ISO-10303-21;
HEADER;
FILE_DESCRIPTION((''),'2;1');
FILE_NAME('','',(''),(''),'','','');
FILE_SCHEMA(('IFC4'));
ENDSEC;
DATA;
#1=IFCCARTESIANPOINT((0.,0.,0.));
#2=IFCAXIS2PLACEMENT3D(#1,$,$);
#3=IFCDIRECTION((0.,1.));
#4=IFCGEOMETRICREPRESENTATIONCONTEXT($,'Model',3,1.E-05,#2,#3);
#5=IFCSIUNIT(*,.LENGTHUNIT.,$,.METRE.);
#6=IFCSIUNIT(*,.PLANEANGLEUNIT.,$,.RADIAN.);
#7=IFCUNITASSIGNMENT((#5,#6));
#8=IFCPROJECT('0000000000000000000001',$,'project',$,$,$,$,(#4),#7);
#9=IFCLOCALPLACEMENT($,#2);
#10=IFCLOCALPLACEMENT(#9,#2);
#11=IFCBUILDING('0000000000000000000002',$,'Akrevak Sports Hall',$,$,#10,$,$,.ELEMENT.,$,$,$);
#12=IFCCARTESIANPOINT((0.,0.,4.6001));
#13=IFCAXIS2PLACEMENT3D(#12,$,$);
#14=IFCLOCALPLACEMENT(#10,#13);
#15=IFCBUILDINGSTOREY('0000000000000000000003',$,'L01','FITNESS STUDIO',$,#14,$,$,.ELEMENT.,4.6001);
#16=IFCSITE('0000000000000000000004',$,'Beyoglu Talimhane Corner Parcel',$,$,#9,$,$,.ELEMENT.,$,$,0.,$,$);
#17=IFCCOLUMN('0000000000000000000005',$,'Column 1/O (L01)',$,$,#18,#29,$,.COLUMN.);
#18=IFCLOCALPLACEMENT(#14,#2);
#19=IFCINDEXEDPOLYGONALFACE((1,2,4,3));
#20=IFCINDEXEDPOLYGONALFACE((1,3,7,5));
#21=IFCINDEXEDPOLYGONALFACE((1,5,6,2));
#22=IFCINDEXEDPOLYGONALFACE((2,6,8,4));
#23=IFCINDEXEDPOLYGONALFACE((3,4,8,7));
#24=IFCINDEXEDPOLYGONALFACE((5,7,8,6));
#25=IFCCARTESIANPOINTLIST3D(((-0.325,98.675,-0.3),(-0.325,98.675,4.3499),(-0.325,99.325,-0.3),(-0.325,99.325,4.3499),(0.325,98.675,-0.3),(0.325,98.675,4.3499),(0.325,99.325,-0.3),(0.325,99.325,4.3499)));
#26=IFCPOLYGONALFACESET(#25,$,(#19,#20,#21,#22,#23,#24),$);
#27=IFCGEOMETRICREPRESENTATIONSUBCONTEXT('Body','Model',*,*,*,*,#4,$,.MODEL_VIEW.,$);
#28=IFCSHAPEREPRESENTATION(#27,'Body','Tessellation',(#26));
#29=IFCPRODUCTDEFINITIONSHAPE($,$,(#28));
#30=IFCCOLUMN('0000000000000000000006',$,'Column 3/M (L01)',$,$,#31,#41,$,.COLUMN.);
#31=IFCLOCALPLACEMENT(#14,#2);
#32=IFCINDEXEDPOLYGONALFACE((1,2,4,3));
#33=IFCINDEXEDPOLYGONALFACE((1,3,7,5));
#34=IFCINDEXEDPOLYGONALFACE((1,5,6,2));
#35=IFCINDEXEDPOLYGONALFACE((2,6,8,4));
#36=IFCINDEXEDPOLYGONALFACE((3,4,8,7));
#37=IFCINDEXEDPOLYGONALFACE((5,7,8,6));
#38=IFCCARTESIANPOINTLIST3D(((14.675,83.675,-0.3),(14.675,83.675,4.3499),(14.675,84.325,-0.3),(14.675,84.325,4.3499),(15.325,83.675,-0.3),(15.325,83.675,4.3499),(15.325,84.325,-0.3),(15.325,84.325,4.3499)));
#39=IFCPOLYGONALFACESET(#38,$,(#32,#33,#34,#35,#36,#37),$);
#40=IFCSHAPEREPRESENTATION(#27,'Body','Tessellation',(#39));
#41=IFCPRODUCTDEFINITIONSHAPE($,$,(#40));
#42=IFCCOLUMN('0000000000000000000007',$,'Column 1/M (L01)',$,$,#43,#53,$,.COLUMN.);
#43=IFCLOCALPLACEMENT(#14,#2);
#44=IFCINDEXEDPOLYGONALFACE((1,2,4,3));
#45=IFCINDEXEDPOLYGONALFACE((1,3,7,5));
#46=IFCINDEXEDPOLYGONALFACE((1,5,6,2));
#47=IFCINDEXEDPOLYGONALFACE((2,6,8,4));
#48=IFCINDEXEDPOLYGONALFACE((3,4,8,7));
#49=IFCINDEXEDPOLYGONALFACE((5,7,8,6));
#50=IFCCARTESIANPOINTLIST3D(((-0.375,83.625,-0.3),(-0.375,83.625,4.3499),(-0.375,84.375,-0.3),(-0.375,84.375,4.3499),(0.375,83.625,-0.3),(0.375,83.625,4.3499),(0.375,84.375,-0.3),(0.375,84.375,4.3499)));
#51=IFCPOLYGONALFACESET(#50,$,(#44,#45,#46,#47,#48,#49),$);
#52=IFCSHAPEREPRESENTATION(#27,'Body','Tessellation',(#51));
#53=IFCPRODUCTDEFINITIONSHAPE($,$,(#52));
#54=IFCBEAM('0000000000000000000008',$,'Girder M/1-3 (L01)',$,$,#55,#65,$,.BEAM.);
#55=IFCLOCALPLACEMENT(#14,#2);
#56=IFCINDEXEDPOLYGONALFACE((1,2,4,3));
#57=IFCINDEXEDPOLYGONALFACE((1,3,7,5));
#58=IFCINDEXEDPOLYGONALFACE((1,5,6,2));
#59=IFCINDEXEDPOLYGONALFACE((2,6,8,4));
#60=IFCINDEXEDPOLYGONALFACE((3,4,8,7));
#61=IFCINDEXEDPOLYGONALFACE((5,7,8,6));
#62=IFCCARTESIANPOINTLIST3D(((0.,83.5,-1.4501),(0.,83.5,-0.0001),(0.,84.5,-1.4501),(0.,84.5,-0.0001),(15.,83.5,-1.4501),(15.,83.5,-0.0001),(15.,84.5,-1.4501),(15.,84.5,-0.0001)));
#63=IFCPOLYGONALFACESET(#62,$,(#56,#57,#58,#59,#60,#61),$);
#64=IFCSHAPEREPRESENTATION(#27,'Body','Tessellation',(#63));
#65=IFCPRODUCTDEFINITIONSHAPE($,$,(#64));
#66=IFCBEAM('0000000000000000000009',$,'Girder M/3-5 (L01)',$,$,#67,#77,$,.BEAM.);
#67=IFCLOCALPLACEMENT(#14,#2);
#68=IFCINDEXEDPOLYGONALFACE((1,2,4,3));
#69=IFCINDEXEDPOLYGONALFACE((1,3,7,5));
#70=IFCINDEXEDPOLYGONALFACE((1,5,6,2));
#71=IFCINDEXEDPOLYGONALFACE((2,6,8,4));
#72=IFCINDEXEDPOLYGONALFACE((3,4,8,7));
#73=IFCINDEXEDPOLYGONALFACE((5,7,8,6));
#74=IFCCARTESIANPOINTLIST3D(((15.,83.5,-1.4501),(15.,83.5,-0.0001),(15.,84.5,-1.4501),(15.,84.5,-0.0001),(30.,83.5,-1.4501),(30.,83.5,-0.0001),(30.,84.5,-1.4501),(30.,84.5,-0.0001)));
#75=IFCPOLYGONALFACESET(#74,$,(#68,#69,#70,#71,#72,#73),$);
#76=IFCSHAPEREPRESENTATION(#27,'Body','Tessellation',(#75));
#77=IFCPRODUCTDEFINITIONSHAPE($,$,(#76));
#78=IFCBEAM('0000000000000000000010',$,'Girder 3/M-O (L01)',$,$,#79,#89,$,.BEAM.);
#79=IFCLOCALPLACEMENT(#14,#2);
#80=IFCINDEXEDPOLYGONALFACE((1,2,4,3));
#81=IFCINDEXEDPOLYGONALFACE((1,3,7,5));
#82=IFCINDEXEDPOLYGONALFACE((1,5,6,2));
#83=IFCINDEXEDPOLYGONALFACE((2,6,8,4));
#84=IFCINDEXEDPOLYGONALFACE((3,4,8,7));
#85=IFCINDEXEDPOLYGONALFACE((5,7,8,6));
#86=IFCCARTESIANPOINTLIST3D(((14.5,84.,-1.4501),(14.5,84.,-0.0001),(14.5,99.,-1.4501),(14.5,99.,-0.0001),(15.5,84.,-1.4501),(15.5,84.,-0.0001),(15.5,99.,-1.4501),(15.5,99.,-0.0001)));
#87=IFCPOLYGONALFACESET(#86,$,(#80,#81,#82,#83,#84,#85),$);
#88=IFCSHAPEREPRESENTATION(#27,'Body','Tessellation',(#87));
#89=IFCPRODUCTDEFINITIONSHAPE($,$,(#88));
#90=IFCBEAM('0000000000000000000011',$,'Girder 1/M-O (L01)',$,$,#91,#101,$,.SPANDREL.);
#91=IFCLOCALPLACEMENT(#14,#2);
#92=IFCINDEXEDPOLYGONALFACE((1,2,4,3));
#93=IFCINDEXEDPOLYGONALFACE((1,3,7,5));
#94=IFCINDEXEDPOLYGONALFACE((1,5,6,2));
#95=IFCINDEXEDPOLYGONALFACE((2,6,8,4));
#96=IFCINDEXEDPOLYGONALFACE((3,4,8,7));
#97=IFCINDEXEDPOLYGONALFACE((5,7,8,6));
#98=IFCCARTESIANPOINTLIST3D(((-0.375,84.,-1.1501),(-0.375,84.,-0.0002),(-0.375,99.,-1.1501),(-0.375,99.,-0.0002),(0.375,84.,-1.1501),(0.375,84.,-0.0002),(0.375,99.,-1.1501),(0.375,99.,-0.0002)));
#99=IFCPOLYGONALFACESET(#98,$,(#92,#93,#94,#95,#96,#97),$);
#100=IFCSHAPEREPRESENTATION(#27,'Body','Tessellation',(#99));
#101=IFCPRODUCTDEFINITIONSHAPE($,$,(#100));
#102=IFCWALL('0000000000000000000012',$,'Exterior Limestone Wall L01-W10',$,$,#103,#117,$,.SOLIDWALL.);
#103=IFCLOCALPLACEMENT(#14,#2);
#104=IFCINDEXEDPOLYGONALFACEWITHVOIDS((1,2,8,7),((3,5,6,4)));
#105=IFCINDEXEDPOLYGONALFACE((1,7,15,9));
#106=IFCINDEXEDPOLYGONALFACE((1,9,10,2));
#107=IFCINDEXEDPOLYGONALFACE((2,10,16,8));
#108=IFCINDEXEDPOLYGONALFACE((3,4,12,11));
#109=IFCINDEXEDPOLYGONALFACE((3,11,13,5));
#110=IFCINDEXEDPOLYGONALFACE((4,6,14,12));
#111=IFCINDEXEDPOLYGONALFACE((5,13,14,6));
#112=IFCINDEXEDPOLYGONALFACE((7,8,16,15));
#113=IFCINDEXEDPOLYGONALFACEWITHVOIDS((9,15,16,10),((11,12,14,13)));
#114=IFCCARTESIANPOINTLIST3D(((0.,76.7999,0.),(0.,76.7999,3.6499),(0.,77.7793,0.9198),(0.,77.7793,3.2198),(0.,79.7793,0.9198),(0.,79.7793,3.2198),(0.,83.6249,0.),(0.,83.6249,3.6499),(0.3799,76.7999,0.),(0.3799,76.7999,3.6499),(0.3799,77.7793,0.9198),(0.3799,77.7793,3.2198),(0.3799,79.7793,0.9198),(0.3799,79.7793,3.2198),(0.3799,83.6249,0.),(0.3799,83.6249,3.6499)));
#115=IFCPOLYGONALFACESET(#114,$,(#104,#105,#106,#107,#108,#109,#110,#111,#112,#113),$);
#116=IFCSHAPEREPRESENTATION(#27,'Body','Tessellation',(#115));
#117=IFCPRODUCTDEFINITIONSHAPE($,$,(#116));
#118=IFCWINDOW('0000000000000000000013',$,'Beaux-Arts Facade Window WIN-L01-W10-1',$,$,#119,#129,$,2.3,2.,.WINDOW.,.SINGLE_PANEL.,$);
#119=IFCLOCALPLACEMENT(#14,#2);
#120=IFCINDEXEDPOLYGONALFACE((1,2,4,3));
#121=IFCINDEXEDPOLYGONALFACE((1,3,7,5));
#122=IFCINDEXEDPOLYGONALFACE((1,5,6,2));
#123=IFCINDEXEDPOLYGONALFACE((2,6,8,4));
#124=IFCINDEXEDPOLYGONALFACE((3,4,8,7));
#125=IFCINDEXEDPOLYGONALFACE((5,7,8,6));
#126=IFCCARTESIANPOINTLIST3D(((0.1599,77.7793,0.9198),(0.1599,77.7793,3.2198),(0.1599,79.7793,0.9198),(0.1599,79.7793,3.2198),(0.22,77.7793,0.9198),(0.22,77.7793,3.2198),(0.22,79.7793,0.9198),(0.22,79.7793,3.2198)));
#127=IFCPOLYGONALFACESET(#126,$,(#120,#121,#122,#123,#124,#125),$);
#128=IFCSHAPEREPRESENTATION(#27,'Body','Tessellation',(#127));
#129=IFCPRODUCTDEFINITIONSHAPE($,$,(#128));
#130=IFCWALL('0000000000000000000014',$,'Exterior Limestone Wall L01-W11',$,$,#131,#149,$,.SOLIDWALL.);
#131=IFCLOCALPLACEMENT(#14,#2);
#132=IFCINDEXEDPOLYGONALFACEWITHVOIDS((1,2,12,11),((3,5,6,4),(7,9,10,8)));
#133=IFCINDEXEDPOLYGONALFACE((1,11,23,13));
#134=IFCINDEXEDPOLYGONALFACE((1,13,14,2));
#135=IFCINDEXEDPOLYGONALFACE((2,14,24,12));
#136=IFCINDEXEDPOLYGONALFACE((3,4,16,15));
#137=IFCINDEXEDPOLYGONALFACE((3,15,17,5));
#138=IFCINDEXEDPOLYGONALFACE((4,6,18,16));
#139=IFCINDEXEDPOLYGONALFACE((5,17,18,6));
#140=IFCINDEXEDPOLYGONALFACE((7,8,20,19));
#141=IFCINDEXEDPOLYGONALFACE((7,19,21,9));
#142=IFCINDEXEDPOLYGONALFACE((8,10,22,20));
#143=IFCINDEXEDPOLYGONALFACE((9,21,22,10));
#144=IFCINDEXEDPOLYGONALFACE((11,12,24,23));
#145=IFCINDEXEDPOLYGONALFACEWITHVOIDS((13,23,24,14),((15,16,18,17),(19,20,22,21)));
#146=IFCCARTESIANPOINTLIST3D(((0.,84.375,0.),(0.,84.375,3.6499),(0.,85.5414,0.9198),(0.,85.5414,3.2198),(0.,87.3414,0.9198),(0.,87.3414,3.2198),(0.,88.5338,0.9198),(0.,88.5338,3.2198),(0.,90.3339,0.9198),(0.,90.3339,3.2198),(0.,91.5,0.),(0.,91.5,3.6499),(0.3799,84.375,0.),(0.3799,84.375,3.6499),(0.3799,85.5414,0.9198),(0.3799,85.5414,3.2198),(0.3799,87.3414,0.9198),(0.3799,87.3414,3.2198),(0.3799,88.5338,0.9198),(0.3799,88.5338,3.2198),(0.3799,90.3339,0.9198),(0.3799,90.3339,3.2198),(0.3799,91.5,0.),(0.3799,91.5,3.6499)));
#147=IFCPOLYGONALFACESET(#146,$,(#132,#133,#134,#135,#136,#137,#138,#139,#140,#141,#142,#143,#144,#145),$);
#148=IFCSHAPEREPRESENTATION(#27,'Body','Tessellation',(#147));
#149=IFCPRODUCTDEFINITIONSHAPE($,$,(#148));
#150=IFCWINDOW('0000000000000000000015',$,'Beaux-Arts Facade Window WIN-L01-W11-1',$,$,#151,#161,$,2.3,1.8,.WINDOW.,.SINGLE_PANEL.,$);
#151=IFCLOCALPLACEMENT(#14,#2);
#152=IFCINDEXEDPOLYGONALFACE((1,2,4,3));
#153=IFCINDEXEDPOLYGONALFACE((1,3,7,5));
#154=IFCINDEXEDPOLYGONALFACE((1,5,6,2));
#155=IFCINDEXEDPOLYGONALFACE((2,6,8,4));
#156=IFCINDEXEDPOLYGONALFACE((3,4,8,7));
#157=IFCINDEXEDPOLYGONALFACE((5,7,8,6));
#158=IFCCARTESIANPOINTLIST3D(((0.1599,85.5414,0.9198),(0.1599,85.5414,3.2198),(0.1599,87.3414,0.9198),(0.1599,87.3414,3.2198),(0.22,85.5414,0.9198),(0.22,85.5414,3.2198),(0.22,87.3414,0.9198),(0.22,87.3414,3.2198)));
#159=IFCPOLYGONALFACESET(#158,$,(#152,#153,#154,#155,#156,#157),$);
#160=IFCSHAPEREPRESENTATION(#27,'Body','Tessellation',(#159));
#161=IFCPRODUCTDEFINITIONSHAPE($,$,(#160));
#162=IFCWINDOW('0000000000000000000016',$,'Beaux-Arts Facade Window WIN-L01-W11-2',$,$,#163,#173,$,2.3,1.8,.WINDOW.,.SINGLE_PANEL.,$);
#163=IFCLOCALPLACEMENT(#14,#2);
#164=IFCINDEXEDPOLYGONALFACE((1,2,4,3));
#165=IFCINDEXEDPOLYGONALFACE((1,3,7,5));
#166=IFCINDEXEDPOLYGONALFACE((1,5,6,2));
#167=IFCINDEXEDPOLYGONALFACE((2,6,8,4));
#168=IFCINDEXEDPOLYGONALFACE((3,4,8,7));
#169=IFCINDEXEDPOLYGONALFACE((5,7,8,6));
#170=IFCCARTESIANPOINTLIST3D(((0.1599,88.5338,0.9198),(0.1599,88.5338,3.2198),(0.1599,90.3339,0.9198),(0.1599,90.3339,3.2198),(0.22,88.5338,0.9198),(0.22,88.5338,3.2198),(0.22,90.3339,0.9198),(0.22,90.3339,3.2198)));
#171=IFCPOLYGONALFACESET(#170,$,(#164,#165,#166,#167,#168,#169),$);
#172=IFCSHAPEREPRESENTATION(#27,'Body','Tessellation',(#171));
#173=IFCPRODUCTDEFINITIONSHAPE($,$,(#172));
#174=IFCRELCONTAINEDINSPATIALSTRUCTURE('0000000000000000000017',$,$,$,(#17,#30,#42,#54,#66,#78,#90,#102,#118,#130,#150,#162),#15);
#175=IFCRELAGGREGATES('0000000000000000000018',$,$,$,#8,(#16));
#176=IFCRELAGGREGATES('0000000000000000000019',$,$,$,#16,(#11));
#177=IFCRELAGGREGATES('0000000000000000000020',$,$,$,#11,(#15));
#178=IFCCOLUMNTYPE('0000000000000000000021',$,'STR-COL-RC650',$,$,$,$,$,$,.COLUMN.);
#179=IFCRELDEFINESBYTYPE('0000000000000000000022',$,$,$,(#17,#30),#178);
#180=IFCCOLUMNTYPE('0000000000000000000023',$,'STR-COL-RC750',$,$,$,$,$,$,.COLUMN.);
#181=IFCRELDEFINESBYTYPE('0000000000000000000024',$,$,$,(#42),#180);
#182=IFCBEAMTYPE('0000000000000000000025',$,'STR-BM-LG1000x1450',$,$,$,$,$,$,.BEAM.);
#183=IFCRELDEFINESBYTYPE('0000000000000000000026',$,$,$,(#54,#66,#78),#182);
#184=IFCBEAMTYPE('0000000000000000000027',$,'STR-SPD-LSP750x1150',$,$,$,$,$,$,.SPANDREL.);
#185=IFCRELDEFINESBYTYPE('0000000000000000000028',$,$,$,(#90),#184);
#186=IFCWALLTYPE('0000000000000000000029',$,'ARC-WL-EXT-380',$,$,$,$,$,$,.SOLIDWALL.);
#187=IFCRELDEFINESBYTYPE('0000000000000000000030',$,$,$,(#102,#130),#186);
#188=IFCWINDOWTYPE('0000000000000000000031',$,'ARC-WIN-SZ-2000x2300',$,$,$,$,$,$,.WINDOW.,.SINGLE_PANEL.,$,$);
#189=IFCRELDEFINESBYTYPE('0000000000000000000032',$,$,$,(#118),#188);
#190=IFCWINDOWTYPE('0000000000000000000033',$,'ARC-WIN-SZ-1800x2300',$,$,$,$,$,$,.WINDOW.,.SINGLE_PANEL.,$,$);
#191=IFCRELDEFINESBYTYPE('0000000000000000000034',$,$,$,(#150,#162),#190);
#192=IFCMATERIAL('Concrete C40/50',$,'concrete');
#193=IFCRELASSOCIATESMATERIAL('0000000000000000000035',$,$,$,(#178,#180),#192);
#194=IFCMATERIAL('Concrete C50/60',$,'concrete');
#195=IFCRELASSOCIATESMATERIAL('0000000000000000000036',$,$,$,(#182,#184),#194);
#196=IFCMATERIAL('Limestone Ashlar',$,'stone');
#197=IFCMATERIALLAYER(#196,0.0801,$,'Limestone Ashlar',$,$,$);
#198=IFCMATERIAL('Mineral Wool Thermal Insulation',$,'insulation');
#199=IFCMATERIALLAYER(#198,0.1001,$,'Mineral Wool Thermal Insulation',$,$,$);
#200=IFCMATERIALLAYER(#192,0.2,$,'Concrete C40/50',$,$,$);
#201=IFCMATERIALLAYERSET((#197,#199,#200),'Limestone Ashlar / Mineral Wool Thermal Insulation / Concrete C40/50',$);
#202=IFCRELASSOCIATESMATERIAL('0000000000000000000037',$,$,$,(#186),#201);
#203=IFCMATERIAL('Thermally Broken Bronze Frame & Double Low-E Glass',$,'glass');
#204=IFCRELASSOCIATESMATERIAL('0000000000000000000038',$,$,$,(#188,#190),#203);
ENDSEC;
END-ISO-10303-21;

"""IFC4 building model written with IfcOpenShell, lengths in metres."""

from ifc_helpers import new_model, si_unit, direction, frame, frame_2d, origin, origin_2d, place, context, subcontext, project, spatial, rectangle, extrude, material, layer, layer_set, material_profile, profile_set, type_object, element, fill, save


model = new_model("IFC4")

# Units and contexts
model_context = context("Model", 3, precision=1e-05, world=origin(), true_north=direction((0.0, 1.0)))
body_context = subcontext(model_context, "Body", "Model", "MODEL_VIEW")
ifc_project = project(units=[si_unit("LENGTHUNIT", "METRE"), si_unit("PLANEANGLEUNIT", "RADIAN")], contexts=[model_context])

# Site, building, storey
site_placement = place(None, origin())
site = spatial("IfcSite", under=ifc_project, at=site_placement, Name="Beyoglu Talimhane Corner Parcel", CompositionType="ELEMENT", RefElevation=0.0)
building_placement = place(site_placement, origin())
building = spatial("IfcBuilding", under=site, at=building_placement, Name="Akrevak Sports Hall", CompositionType="ELEMENT")
storey_placement = place(building_placement, frame((0.0, 0.0, 4.6001)))
storey = spatial("IfcBuildingStorey", under=building, at=storey_placement, Name="L01", Description="FITNESS STUDIO", CompositionType="ELEMENT", Elevation=4.6001)

# Columns
ifc_material_1 = material(Name="Concrete C40/50", Category="concrete")
ifc_material_profile_1 = material_profile(ifc_material_1, rectangle(XDim=0.6499, YDim=0.6499, at=origin_2d()), Name="RC 650x650", Category="concrete")
ifc_profile_set_1 = profile_set([ifc_material_profile_1], Name="Concrete C40/50")
column_type_1 = type_object("IfcColumnType", Name="STR-COL-RC650", PredefinedType="COLUMN", material=ifc_profile_set_1)
for number, where, z_axis, x_axis, name in (
    (1, (0.0, 99.0, -0.3), (0.0, 0.0, 1.0), (1.0, 0.0, 0.0), "Column 1/O (L01)"),
    (2, (15.0, 84.0, -0.3), (0.0, 0.0, 1.0), (1.0, 0.0, 0.0), "Column 3/M (L01)"),
):
    element("IfcColumn", number, at=place(storey_placement, frame(where, z_axis=z_axis, x_axis=x_axis)), inside=storey, type_object=column_type_1, Name=name, PredefinedType="COLUMN", context=body_context, shape_type="SweptSolid", body=[
        extrude(rectangle(XDim=0.6499, YDim=0.6499, at=origin_2d()), origin(), (0.0, 0.0, 1.0), 4.6499),
    ])
ifc_material_profile_2 = material_profile(ifc_material_1, rectangle(XDim=0.75, YDim=0.75, at=origin_2d()), Name="RC 750x750", Category="concrete")
ifc_profile_set_2 = profile_set([ifc_material_profile_2], Name="Concrete C40/50")
column_type_2 = type_object("IfcColumnType", Name="STR-COL-RC750", PredefinedType="COLUMN", material=ifc_profile_set_2)
column_placement = place(storey_placement, frame((0.0, 84.0, -0.3), z_axis=(0.0, 0.0, 1.0), x_axis=(1.0, 0.0, 0.0)))
element("IfcColumn", 3, at=column_placement, inside=storey, type_object=column_type_2, Name="Column 1/M (L01)", PredefinedType="COLUMN", context=body_context, shape_type="SweptSolid", body=[
    extrude(rectangle(XDim=0.75, YDim=0.75, at=origin_2d()), origin(), (0.0, 0.0, 1.0), 4.6499),
])

# Beams
ifc_material_2 = material(Name="Concrete C50/60", Category="concrete")
ifc_material_profile_3 = material_profile(ifc_material_2, rectangle(XDim=1.0, YDim=1.45, at=origin_2d()), Name="BM 1000x1450", Category="concrete")
ifc_profile_set_3 = profile_set([ifc_material_profile_3], Name="Concrete C50/60")
beam_type_1 = type_object("IfcBeamType", Name="STR-BM-LG1000x1450", PredefinedType="BEAM", material=ifc_profile_set_3)
for number, where, z_axis, x_axis, name in (
    (4, (0.0, 84.0, -0.7251), (1.0, 0.0, 0.0), (0.0, 1.0, 0.0), "Girder M/1-3 (L01)"),
    (5, (15.0, 84.0, -0.7251), (1.0, 0.0, 0.0), (0.0, 1.0, 0.0), "Girder M/3-5 (L01)"),
    (6, (15.0, 84.0, -0.7251), (0.0, 1.0, 0.0), (-1.0, 0.0, 0.0), "Girder 3/M-O (L01)"),
):
    element("IfcBeam", number, at=place(storey_placement, frame(where, z_axis=z_axis, x_axis=x_axis)), inside=storey, type_object=beam_type_1, Name=name, PredefinedType="BEAM", context=body_context, shape_type="SweptSolid", body=[
        extrude(rectangle(XDim=1.0, YDim=1.45, at=origin_2d()), origin(), (0.0, 0.0, 1.0), 15.0),
    ])
ifc_material_profile_4 = material_profile(ifc_material_2, rectangle(XDim=0.75, YDim=1.1499, at=origin_2d()), Name="SPD 750x1150", Category="concrete")
ifc_profile_set_4 = profile_set([ifc_material_profile_4], Name="Concrete C50/60")
beam_type_2 = type_object("IfcBeamType", Name="STR-SPD-LSP750x1150", PredefinedType="SPANDREL", material=ifc_profile_set_4)
beam_placement = place(storey_placement, frame((0.0, 84.0, -0.5752), z_axis=(0.0, 1.0, 0.0), x_axis=(-1.0, 0.0, 0.0)))
element("IfcBeam", 7, at=beam_placement, inside=storey, type_object=beam_type_2, Name="Girder 1/M-O (L01)", PredefinedType="SPANDREL", context=body_context, shape_type="SweptSolid", body=[
    extrude(rectangle(XDim=0.75, YDim=1.1499, at=origin_2d()), origin(), (0.0, 0.0, 1.0), 15.0),
])

# Wall, opening, window
ifc_material_3 = material(Name="Limestone Ashlar", Category="stone")
ifc_layer_1 = layer(ifc_material_3, 0.0801, Name="Limestone Ashlar")
ifc_material_4 = material(Name="Mineral Wool Thermal Insulation", Category="insulation")
ifc_layer_2 = layer(ifc_material_4, 0.1001, Name="Mineral Wool Thermal Insulation")
ifc_layer_3 = layer(ifc_material_1, 0.2, Name="Concrete C40/50")
ifc_layer_set_1 = layer_set([ifc_layer_1, ifc_layer_2, ifc_layer_3], Name="Limestone Ashlar / Mineral Wool Thermal Insulation / Concrete C40/50")
wall_type_1 = type_object("IfcWallType", Name="ARC-WL-EXT-380", PredefinedType="SOLIDWALL", material=ifc_layer_set_1)
wall_1_placement = place(storey_placement, frame((0.1899, 83.625, 0.0), z_axis=(0.0, 0.0, 1.0), x_axis=(0.0, -1.0, 0.0)))
wall_1 = element("IfcWall", 8, at=wall_1_placement, inside=storey, type_object=wall_type_1, Name="Exterior Limestone Wall L01-W10", PredefinedType="SOLIDWALL", context=body_context, shape_type="SweptSolid", body=[
    extrude(rectangle(XDim=6.825, YDim=0.3799, at=frame_2d((3.4126, 0.0))), origin(), (0.0, 0.0, 1.0), 3.6499),
])
opening_1_placement = place(wall_1_placement, frame((3.8457, 0.0, 0.9199)))
opening_1 = element("IfcOpeningElement", 9, at=opening_1_placement, cuts=wall_1, PredefinedType="OPENING", context=body_context, shape_type="SweptSolid", body=[
    extrude(rectangle(XDim=2.0, YDim=2.3, at=frame_2d((1.0, 1.1499))), frame((0.0, 0.2019, 0.0), z_axis=(0.0, -1.0, 0.0), x_axis=(1.0, 0.0, 0.0)), (0.0, 0.0, 1.0), 0.4038),
])
ifc_material_5 = material(Name="Thermally Broken Bronze Frame & Double Low-E Glass", Category="glass")
window_type_1 = type_object("IfcWindowType", Name="ARC-WIN-SZ-2000x2300", PartitioningType="SINGLE_PANEL", PredefinedType="WINDOW", material=ifc_material_5)
window_1_placement = place(opening_1_placement, origin())
window_1 = element("IfcWindow", 10, at=window_1_placement, inside=storey, type_object=window_type_1, Name="Beaux-Arts Facade Window WIN-L01-W10-1", OverallHeight=2.3, OverallWidth=2.0, PartitioningType="SINGLE_PANEL", PredefinedType="WINDOW", context=body_context, shape_type="SweptSolid", body=[
    extrude(rectangle(XDim=2.0, YDim=2.3, at=frame_2d((1.0, 1.1499))), frame((0.0, 0.03, 0.0), z_axis=(0.0, -1.0, 0.0), x_axis=(1.0, 0.0, 0.0)), (0.0, 0.0, 1.0), 0.0601),
])
fill(opening_1, window_1)

# Wall, openings, windows
wall_2_placement = place(storey_placement, frame((0.1899, 91.5, 0.0), z_axis=(0.0, 0.0, 1.0), x_axis=(0.0, -1.0, 0.0)))
wall_2 = element("IfcWall", 11, at=wall_2_placement, inside=storey, type_object=wall_type_1, Name="Exterior Limestone Wall L01-W11", PredefinedType="SOLIDWALL", context=body_context, shape_type="SweptSolid", body=[
    extrude(rectangle(XDim=7.125, YDim=0.3799, at=frame_2d((3.5625, 0.0))), origin(), (0.0, 0.0, 1.0), 3.6499),
])
opening_2_placement = place(wall_2_placement, frame((4.1587, 0.0, 0.9199)))
opening_2 = element("IfcOpeningElement", 12, at=opening_2_placement, cuts=wall_2, PredefinedType="OPENING", context=body_context, shape_type="SweptSolid", body=[
    extrude(rectangle(XDim=1.8, YDim=2.3, at=frame_2d((0.8999, 1.1499))), frame((0.0, 0.2019, 0.0), z_axis=(0.0, -1.0, 0.0), x_axis=(1.0, 0.0, 0.0)), (0.0, 0.0, 1.0), 0.4038),
])
opening_3_placement = place(wall_2_placement, frame((1.1663, 0.0, 0.9199)))
opening_3 = element("IfcOpeningElement", 13, at=opening_3_placement, cuts=wall_2, PredefinedType="OPENING", context=body_context, shape_type="SweptSolid", body=[
    extrude(rectangle(XDim=1.8, YDim=2.3, at=frame_2d((0.8999, 1.1499))), frame((0.0, 0.2019, 0.0), z_axis=(0.0, -1.0, 0.0), x_axis=(1.0, 0.0, 0.0)), (0.0, 0.0, 1.0), 0.4038),
])
window_type_2 = type_object("IfcWindowType", Name="ARC-WIN-SZ-1800x2300", PartitioningType="SINGLE_PANEL", PredefinedType="WINDOW", material=ifc_material_5)
window_2_placement = place(opening_2_placement, origin())
window_2 = element("IfcWindow", 14, at=window_2_placement, inside=storey, type_object=window_type_2, Name="Beaux-Arts Facade Window WIN-L01-W11-1", OverallHeight=2.3, OverallWidth=1.8, PartitioningType="SINGLE_PANEL", PredefinedType="WINDOW", context=body_context, shape_type="SweptSolid", body=[
    extrude(rectangle(XDim=1.8, YDim=2.3, at=frame_2d((0.8999, 1.1499))), frame((0.0, 0.03, 0.0), z_axis=(0.0, -1.0, 0.0), x_axis=(1.0, 0.0, 0.0)), (0.0, 0.0, 1.0), 0.0601),
])
fill(opening_2, window_2)
window_3_placement = place(opening_3_placement, origin())
window_3 = element("IfcWindow", 15, at=window_3_placement, inside=storey, type_object=window_type_2, Name="Beaux-Arts Facade Window WIN-L01-W11-2", OverallHeight=2.3, OverallWidth=1.8, PartitioningType="SINGLE_PANEL", PredefinedType="WINDOW", context=body_context, shape_type="SweptSolid", body=[
    extrude(rectangle(XDim=1.8, YDim=2.3, at=frame_2d((0.8999, 1.1499))), frame((0.0, 0.03, 0.0), z_axis=(0.0, -1.0, 0.0), x_axis=(1.0, 0.0, 0.0)), (0.0, 0.0, 1.0), 0.0601),
])
fill(opening_3, window_3)

save(model, "model.ifc")
